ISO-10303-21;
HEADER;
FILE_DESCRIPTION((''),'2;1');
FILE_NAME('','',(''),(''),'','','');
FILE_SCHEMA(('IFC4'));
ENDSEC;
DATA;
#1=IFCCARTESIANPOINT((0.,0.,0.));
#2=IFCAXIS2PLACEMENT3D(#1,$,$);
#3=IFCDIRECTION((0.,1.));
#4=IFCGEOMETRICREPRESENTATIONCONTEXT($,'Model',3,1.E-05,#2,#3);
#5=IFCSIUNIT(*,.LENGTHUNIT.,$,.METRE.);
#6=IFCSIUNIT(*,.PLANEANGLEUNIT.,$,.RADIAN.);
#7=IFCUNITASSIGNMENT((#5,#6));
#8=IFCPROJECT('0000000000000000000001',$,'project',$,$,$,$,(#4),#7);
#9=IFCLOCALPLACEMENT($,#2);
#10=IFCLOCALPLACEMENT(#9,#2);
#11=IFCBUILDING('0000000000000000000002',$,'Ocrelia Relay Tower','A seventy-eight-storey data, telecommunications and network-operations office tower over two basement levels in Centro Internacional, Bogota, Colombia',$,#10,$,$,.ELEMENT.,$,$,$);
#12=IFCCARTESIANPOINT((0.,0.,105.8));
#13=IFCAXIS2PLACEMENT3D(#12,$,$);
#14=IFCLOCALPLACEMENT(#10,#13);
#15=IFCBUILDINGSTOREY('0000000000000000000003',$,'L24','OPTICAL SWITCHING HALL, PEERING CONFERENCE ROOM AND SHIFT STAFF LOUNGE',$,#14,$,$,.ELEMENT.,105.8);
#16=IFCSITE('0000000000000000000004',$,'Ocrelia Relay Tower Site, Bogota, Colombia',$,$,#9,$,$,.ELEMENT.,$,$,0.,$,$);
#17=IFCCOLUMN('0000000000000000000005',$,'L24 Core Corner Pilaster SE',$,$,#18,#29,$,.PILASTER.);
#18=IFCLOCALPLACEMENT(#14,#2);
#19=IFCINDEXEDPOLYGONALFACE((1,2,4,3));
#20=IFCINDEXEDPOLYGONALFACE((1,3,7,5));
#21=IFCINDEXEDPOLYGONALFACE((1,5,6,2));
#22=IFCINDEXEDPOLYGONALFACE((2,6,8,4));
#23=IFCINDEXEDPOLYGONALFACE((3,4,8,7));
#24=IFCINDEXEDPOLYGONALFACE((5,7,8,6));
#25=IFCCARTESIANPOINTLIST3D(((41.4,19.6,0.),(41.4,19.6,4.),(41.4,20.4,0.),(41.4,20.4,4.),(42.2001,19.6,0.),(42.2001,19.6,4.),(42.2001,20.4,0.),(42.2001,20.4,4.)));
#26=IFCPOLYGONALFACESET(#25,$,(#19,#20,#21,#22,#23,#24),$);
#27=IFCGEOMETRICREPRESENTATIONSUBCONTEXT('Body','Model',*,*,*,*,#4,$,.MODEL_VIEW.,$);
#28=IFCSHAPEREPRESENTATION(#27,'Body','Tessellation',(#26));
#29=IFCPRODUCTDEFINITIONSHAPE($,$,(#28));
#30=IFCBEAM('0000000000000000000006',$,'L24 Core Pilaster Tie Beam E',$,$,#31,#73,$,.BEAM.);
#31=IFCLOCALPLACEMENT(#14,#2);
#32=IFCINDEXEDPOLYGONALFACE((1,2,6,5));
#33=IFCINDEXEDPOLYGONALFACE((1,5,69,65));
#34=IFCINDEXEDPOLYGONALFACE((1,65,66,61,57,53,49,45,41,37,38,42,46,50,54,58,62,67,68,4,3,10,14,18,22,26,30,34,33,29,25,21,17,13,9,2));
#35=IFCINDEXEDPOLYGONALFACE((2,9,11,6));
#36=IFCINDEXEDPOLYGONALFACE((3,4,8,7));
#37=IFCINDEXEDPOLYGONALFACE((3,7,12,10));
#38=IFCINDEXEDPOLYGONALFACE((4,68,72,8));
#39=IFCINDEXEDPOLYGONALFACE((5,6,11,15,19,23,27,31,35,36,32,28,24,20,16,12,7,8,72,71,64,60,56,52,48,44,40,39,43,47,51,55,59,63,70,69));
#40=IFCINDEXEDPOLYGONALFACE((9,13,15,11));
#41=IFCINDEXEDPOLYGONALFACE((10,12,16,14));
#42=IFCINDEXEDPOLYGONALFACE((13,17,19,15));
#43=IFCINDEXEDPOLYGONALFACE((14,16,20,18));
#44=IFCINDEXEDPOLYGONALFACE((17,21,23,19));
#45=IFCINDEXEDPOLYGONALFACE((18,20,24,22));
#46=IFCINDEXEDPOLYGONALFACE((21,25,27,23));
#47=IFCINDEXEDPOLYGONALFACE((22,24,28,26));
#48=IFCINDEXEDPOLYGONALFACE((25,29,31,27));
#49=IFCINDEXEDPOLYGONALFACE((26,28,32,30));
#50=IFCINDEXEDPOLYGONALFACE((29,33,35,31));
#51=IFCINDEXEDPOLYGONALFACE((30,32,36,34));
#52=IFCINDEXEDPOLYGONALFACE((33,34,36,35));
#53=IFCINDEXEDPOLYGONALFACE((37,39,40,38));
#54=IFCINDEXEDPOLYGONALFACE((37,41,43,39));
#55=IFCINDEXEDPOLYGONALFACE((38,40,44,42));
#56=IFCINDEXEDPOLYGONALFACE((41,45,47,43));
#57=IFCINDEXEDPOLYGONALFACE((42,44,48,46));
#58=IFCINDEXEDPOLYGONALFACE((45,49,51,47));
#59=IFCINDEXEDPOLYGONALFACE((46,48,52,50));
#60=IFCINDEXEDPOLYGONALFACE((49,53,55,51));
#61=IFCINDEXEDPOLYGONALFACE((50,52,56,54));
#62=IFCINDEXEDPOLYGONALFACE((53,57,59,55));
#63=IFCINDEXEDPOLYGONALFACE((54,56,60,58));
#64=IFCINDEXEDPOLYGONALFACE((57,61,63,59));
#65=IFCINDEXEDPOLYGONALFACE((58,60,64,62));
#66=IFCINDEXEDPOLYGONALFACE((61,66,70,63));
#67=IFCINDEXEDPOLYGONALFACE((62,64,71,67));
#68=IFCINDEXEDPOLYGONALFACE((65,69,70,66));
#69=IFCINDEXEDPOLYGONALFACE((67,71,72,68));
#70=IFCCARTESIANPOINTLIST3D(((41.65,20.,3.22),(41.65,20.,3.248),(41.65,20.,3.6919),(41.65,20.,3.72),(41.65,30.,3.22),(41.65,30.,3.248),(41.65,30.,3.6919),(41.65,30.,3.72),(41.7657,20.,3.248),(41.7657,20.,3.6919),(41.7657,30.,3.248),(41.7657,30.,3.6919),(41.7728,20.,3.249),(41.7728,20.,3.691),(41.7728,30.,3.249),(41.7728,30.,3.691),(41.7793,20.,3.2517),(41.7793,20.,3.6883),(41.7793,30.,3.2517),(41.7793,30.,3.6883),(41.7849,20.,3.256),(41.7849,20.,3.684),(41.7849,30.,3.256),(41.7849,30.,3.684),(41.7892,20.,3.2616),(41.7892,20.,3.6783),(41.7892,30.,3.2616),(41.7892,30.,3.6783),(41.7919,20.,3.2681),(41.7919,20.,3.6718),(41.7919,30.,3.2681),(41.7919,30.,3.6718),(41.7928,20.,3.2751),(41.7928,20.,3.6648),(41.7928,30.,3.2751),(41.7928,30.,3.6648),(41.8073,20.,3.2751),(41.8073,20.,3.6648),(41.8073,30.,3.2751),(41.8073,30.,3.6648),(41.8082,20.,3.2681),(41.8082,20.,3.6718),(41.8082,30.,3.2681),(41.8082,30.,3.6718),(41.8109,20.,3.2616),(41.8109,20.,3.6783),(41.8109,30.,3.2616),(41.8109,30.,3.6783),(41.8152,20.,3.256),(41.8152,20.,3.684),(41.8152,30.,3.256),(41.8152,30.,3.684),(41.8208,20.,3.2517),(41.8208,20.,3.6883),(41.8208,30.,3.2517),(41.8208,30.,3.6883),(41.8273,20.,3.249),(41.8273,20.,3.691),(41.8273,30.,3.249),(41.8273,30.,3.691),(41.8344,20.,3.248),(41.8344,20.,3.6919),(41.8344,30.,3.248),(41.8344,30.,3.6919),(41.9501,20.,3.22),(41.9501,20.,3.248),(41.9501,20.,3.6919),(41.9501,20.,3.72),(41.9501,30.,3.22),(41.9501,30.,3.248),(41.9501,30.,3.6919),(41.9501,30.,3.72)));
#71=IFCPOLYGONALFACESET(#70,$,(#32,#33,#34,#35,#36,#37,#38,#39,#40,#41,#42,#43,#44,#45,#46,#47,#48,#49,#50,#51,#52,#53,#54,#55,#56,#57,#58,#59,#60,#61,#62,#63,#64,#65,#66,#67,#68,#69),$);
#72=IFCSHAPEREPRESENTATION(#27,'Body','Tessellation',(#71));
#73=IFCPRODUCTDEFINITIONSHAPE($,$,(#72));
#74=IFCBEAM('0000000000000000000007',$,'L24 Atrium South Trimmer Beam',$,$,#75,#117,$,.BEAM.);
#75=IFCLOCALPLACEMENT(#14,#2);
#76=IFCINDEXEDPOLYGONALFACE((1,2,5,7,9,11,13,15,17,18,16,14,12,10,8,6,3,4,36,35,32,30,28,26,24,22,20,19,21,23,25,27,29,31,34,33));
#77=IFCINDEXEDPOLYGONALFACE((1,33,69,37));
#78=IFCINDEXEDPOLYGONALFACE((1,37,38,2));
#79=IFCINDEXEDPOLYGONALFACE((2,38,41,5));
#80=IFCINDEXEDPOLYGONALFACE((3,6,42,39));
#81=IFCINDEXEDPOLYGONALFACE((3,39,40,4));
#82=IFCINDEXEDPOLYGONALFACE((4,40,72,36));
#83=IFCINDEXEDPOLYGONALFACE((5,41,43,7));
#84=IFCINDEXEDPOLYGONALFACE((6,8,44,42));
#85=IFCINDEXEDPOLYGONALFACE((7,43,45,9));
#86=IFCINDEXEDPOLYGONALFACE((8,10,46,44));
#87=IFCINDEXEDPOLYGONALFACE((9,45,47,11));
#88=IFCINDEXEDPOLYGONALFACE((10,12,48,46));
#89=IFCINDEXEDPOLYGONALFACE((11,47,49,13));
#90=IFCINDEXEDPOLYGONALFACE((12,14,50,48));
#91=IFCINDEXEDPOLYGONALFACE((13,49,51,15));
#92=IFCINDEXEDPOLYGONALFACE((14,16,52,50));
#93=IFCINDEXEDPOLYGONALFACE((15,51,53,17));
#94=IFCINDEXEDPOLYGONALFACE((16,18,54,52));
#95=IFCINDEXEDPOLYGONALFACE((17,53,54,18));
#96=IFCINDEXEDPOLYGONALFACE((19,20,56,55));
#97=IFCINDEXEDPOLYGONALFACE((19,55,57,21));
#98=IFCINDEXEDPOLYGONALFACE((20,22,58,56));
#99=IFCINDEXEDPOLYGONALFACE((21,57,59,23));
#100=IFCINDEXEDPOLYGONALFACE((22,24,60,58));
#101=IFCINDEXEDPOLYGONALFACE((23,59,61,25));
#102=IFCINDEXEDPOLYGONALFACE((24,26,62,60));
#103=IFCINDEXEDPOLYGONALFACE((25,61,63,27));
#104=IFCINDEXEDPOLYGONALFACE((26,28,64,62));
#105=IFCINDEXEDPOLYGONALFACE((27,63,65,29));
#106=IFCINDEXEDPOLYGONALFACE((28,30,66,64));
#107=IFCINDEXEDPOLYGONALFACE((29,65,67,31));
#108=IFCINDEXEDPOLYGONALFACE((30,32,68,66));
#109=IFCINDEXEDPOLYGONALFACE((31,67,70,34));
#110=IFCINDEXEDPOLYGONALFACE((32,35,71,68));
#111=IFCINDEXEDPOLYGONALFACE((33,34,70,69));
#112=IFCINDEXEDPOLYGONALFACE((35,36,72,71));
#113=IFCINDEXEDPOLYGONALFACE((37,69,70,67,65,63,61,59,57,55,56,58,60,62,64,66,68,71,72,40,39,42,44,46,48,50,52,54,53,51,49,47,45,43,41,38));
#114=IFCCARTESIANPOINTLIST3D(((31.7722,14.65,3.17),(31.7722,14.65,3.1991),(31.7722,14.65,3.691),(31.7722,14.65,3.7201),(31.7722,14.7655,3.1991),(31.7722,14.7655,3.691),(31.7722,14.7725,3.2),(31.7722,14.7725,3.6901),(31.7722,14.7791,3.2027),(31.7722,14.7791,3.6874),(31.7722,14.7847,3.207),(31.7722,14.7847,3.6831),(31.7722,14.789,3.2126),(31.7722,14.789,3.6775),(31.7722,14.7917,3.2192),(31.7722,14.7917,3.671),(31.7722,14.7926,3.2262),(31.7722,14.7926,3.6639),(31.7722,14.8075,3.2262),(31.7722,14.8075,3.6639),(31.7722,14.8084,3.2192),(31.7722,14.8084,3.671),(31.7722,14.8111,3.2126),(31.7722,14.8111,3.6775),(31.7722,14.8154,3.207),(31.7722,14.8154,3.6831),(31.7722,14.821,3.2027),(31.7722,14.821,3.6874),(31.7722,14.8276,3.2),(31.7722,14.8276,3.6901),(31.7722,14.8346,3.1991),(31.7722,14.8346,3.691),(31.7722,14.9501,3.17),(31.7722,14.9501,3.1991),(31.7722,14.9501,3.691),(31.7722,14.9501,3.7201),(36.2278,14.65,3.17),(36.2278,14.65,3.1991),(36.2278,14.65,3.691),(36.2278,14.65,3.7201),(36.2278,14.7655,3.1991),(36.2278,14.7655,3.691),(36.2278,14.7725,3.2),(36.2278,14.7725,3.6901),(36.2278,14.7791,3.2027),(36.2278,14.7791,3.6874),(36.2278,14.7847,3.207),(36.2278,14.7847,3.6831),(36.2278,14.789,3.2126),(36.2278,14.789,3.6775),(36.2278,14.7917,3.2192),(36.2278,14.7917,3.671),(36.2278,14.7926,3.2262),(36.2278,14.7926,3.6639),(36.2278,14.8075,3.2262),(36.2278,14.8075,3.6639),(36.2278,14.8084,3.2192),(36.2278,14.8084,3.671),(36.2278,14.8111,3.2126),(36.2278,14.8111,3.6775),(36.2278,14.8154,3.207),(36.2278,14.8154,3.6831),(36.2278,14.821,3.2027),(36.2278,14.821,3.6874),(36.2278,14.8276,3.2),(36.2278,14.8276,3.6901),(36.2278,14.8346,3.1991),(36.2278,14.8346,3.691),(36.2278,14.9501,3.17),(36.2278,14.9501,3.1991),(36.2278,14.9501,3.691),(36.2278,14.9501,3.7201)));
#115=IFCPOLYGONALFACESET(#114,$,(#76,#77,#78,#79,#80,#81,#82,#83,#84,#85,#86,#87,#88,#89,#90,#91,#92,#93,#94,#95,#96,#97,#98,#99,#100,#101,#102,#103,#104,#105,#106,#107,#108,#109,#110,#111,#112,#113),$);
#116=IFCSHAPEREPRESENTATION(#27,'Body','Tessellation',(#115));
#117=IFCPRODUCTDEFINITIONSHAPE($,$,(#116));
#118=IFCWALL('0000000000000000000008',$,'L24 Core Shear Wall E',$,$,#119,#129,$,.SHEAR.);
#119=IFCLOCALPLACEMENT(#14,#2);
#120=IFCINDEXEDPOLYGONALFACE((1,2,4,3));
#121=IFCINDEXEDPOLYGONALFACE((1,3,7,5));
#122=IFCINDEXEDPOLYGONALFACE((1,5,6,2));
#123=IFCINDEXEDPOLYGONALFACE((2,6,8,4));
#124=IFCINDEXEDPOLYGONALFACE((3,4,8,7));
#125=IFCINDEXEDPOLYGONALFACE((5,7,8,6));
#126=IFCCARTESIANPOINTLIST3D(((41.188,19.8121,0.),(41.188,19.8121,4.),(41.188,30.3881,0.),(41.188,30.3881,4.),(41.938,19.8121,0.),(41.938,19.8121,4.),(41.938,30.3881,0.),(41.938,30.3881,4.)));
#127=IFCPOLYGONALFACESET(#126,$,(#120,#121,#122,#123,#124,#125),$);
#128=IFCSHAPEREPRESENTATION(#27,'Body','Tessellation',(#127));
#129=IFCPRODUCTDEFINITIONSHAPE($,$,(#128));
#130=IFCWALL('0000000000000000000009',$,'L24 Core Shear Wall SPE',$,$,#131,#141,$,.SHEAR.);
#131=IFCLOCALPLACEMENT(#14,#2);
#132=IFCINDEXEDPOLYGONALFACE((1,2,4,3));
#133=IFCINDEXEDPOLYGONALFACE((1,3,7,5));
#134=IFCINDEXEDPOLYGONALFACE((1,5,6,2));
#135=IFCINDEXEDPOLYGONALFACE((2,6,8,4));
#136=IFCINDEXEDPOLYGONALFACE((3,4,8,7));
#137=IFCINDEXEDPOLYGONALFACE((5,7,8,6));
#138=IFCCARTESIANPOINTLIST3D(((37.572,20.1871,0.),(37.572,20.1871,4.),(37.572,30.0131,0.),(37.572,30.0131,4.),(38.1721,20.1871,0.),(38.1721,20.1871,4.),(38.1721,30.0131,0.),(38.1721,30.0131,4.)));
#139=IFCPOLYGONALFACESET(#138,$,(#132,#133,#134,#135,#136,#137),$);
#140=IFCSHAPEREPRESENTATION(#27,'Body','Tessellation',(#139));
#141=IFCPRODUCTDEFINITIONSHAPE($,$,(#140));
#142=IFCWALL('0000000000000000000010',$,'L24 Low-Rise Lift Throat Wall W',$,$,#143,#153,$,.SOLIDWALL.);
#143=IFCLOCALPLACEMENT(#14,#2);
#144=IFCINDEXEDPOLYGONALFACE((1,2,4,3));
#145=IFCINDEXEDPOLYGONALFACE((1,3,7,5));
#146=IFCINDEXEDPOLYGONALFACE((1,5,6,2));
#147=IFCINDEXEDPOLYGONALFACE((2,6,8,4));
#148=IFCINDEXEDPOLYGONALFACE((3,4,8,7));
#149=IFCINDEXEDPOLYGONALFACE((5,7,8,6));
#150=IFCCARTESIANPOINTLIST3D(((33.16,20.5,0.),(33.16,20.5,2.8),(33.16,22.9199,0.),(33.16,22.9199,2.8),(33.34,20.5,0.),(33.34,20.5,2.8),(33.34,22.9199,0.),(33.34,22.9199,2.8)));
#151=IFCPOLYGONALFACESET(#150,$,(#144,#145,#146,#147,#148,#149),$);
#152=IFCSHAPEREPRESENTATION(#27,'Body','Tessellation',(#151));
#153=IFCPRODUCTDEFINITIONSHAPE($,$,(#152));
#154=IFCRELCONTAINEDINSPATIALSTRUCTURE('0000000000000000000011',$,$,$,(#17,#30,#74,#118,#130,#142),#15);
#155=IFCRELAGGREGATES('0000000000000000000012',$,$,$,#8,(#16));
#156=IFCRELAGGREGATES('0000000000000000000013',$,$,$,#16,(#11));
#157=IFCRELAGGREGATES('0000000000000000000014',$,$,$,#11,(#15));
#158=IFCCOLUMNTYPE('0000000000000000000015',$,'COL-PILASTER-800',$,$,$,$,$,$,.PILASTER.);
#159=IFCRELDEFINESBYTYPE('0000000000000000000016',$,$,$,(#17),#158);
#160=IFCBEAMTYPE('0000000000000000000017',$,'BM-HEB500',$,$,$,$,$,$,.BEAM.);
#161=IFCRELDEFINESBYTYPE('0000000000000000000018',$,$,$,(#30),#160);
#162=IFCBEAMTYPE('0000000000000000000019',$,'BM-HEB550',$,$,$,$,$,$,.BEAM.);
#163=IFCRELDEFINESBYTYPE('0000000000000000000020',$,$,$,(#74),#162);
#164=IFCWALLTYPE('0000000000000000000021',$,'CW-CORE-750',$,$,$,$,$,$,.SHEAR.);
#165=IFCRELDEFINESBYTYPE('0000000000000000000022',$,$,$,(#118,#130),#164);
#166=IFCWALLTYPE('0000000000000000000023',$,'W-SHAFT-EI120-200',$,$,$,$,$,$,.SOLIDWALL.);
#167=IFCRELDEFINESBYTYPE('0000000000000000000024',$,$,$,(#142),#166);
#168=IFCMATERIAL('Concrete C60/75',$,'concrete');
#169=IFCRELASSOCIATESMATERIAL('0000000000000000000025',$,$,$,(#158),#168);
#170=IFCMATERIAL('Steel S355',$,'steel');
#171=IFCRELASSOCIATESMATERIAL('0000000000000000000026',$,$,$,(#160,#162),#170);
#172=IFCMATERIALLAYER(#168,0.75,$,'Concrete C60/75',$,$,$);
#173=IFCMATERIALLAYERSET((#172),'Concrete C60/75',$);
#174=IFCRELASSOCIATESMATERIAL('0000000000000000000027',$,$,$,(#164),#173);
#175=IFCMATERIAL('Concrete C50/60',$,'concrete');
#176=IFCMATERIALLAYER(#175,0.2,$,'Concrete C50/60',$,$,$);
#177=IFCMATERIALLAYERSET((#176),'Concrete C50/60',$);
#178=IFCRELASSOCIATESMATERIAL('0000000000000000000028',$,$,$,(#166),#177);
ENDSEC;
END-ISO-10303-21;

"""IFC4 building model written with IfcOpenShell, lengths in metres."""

from ifc_helpers import new_model, si_unit, direction, frame, frame_2d, origin, origin_2d, place, context, subcontext, project, spatial, rectangle, i_section, extrude, material, layer, layer_set, material_profile, profile_set, type_object, element, save


model = new_model("IFC4")

# Units and contexts
model_context = context("Model", 3, precision=1e-05, world=origin(), true_north=direction((0.0, 1.0)))
body_context = subcontext(model_context, "Body", "Model", "MODEL_VIEW")
ifc_project = project(units=[si_unit("LENGTHUNIT", "METRE"), si_unit("PLANEANGLEUNIT", "RADIAN")], contexts=[model_context])

# Site, building, storey
site_placement = place(None, origin())
site = spatial("IfcSite", under=ifc_project, at=site_placement, Name="Ocrelia Relay Tower Site, Bogota, Colombia", CompositionType="ELEMENT", RefElevation=0.0)
building_placement = place(site_placement, origin())
building = spatial("IfcBuilding", under=site, at=building_placement, Name="Ocrelia Relay Tower", Description="A seventy-eight-storey data, telecommunications and network-operations office tower over two basement levels in Centro Internacional, Bogota, Colombia", CompositionType="ELEMENT")
storey_placement = place(building_placement, frame((0.0, 0.0, 105.8)))
storey = spatial("IfcBuildingStorey", under=building, at=storey_placement, Name="L24", Description="OPTICAL SWITCHING HALL, PEERING CONFERENCE ROOM AND SHIFT STAFF LOUNGE", CompositionType="ELEMENT", Elevation=105.8)

# Column
ifc_material_1 = material(Name="Concrete C60/75", Category="concrete")
ifc_material_profile_1 = material_profile(ifc_material_1, rectangle(XDim=0.8, YDim=0.8, at=origin_2d()), Name="RC-COL-800x800")
ifc_profile_set_1 = profile_set([ifc_material_profile_1], Name="Concrete C60/75")
column_type = type_object("IfcColumnType", Name="COL-PILASTER-800", PredefinedType="PILASTER", material=ifc_profile_set_1)
column_placement = place(storey_placement, frame((41.8, 20.0, 0.0), z_axis=(0.0, 0.0, 1.0), x_axis=(1.0, 0.0, 0.0)))
element("IfcColumn", 1, at=column_placement, inside=storey, type_object=column_type, Name="L24 Core Corner Pilaster SE", PredefinedType="PILASTER", context=body_context, shape_type="SweptSolid", body=[
    extrude(rectangle(XDim=0.8, YDim=0.8, at=origin_2d()), origin(), (0.0, 0.0, 1.0), 4.0),
])

# Beams
ifc_material_2 = material(Name="Steel S355", Category="steel")
ifc_material_profile_2 = material_profile(ifc_material_2, i_section(OverallWidth=0.3, OverallDepth=0.5, WebThickness=0.0144, FlangeThickness=0.0281, FilletRadius=0.0271, at=origin_2d()), Name="HEB 500")
ifc_profile_set_2 = profile_set([ifc_material_profile_2], Name="Steel S355")
beam_type_1 = type_object("IfcBeamType", Name="BM-HEB500", PredefinedType="BEAM", material=ifc_profile_set_2)
beam_1_placement = place(storey_placement, frame((41.8, 20.0, 3.47), z_axis=(0.0, 1.0, 0.0), x_axis=(-1.0, 0.0, 0.0)))
element("IfcBeam", 2, at=beam_1_placement, inside=storey, type_object=beam_type_1, Name="L24 Core Pilaster Tie Beam E", PredefinedType="BEAM", context=body_context, shape_type="SweptSolid", body=[
    extrude(i_section(OverallWidth=0.3, OverallDepth=0.5, WebThickness=0.0144, FlangeThickness=0.0281, FilletRadius=0.0271, at=origin_2d()), origin(), (0.0, 0.0, 1.0), 10.0),
])
ifc_material_profile_3 = material_profile(ifc_material_2, i_section(OverallWidth=0.3, OverallDepth=0.55, WebThickness=0.0149, FlangeThickness=0.0291, FilletRadius=0.0271, at=origin_2d()), Name="HEB 550")
ifc_profile_set_3 = profile_set([ifc_material_profile_3], Name="Steel S355")
beam_type_2 = type_object("IfcBeamType", Name="BM-HEB550", PredefinedType="BEAM", material=ifc_profile_set_3)
beam_2_placement = place(storey_placement, frame((31.7722, 14.8, 3.4451), z_axis=(1.0, 0.0, 0.0), x_axis=(0.0, 1.0, 0.0)))
element("IfcBeam", 3, at=beam_2_placement, inside=storey, type_object=beam_type_2, Name="L24 Atrium South Trimmer Beam", PredefinedType="BEAM", context=body_context, shape_type="SweptSolid", body=[
    extrude(i_section(OverallWidth=0.3, OverallDepth=0.55, WebThickness=0.0149, FlangeThickness=0.0291, FilletRadius=0.0271, at=origin_2d()), origin(), (0.0, 0.0, 1.0), 4.4556),
])

# Walls
ifc_layer_1 = layer(ifc_material_1, 0.75, Name="Concrete C60/75")
ifc_layer_set_1 = layer_set([ifc_layer_1], Name="Concrete C60/75")
wall_type_1 = type_object("IfcWallType", Name="CW-CORE-750", PredefinedType="SHEAR", material=ifc_layer_set_1)
wall_1_placement = place(storey_placement, frame((41.563, 19.812, 0.0), z_axis=(0.0, 0.0, 1.0), x_axis=(0.0, 1.0, 0.0)))
element("IfcWall", 4, at=wall_1_placement, inside=storey, type_object=wall_type_1, Name="L24 Core Shear Wall E", PredefinedType="SHEAR", context=body_context, shape_type="SweptSolid", body=[
    extrude(rectangle(XDim=10.5759, YDim=0.75, at=frame_2d((5.2881, 0.0))), origin(), (0.0, 0.0, 1.0), 4.0),
])
wall_2_placement = place(storey_placement, frame((37.8721, 20.187, 0.0), z_axis=(0.0, 0.0, 1.0), x_axis=(0.0, 1.0, 0.0)))
element("IfcWall", 5, at=wall_2_placement, inside=storey, type_object=wall_type_1, Name="L24 Core Shear Wall SPE", PredefinedType="SHEAR", context=body_context, shape_type="SweptSolid", body=[
    extrude(rectangle(XDim=9.8259, YDim=0.6001, at=frame_2d((4.9131, 0.0))), origin(), (0.0, 0.0, 1.0), 4.0),
])
ifc_material_3 = material(Name="Concrete C50/60", Category="concrete")
ifc_layer_2 = layer(ifc_material_3, 0.2, Name="Concrete C50/60")
ifc_layer_set_2 = layer_set([ifc_layer_2], Name="Concrete C50/60")
wall_type_2 = type_object("IfcWallType", Name="W-SHAFT-EI120-200", PredefinedType="SOLIDWALL", material=ifc_layer_set_2)
wall_3_placement = place(storey_placement, frame((33.25, 20.5, 0.0), z_axis=(0.0, 0.0, 1.0), x_axis=(0.0, 1.0, 0.0)))
element("IfcWall", 6, at=wall_3_placement, inside=storey, type_object=wall_type_2, Name="L24 Low-Rise Lift Throat Wall W", PredefinedType="SOLIDWALL", context=body_context, shape_type="SweptSolid", body=[
    extrude(rectangle(XDim=2.4199, YDim=0.1799, at=frame_2d((1.21, 0.0))), origin(), (0.0, 0.0, 1.0), 2.8),
])

save(model, "model.ifc")
